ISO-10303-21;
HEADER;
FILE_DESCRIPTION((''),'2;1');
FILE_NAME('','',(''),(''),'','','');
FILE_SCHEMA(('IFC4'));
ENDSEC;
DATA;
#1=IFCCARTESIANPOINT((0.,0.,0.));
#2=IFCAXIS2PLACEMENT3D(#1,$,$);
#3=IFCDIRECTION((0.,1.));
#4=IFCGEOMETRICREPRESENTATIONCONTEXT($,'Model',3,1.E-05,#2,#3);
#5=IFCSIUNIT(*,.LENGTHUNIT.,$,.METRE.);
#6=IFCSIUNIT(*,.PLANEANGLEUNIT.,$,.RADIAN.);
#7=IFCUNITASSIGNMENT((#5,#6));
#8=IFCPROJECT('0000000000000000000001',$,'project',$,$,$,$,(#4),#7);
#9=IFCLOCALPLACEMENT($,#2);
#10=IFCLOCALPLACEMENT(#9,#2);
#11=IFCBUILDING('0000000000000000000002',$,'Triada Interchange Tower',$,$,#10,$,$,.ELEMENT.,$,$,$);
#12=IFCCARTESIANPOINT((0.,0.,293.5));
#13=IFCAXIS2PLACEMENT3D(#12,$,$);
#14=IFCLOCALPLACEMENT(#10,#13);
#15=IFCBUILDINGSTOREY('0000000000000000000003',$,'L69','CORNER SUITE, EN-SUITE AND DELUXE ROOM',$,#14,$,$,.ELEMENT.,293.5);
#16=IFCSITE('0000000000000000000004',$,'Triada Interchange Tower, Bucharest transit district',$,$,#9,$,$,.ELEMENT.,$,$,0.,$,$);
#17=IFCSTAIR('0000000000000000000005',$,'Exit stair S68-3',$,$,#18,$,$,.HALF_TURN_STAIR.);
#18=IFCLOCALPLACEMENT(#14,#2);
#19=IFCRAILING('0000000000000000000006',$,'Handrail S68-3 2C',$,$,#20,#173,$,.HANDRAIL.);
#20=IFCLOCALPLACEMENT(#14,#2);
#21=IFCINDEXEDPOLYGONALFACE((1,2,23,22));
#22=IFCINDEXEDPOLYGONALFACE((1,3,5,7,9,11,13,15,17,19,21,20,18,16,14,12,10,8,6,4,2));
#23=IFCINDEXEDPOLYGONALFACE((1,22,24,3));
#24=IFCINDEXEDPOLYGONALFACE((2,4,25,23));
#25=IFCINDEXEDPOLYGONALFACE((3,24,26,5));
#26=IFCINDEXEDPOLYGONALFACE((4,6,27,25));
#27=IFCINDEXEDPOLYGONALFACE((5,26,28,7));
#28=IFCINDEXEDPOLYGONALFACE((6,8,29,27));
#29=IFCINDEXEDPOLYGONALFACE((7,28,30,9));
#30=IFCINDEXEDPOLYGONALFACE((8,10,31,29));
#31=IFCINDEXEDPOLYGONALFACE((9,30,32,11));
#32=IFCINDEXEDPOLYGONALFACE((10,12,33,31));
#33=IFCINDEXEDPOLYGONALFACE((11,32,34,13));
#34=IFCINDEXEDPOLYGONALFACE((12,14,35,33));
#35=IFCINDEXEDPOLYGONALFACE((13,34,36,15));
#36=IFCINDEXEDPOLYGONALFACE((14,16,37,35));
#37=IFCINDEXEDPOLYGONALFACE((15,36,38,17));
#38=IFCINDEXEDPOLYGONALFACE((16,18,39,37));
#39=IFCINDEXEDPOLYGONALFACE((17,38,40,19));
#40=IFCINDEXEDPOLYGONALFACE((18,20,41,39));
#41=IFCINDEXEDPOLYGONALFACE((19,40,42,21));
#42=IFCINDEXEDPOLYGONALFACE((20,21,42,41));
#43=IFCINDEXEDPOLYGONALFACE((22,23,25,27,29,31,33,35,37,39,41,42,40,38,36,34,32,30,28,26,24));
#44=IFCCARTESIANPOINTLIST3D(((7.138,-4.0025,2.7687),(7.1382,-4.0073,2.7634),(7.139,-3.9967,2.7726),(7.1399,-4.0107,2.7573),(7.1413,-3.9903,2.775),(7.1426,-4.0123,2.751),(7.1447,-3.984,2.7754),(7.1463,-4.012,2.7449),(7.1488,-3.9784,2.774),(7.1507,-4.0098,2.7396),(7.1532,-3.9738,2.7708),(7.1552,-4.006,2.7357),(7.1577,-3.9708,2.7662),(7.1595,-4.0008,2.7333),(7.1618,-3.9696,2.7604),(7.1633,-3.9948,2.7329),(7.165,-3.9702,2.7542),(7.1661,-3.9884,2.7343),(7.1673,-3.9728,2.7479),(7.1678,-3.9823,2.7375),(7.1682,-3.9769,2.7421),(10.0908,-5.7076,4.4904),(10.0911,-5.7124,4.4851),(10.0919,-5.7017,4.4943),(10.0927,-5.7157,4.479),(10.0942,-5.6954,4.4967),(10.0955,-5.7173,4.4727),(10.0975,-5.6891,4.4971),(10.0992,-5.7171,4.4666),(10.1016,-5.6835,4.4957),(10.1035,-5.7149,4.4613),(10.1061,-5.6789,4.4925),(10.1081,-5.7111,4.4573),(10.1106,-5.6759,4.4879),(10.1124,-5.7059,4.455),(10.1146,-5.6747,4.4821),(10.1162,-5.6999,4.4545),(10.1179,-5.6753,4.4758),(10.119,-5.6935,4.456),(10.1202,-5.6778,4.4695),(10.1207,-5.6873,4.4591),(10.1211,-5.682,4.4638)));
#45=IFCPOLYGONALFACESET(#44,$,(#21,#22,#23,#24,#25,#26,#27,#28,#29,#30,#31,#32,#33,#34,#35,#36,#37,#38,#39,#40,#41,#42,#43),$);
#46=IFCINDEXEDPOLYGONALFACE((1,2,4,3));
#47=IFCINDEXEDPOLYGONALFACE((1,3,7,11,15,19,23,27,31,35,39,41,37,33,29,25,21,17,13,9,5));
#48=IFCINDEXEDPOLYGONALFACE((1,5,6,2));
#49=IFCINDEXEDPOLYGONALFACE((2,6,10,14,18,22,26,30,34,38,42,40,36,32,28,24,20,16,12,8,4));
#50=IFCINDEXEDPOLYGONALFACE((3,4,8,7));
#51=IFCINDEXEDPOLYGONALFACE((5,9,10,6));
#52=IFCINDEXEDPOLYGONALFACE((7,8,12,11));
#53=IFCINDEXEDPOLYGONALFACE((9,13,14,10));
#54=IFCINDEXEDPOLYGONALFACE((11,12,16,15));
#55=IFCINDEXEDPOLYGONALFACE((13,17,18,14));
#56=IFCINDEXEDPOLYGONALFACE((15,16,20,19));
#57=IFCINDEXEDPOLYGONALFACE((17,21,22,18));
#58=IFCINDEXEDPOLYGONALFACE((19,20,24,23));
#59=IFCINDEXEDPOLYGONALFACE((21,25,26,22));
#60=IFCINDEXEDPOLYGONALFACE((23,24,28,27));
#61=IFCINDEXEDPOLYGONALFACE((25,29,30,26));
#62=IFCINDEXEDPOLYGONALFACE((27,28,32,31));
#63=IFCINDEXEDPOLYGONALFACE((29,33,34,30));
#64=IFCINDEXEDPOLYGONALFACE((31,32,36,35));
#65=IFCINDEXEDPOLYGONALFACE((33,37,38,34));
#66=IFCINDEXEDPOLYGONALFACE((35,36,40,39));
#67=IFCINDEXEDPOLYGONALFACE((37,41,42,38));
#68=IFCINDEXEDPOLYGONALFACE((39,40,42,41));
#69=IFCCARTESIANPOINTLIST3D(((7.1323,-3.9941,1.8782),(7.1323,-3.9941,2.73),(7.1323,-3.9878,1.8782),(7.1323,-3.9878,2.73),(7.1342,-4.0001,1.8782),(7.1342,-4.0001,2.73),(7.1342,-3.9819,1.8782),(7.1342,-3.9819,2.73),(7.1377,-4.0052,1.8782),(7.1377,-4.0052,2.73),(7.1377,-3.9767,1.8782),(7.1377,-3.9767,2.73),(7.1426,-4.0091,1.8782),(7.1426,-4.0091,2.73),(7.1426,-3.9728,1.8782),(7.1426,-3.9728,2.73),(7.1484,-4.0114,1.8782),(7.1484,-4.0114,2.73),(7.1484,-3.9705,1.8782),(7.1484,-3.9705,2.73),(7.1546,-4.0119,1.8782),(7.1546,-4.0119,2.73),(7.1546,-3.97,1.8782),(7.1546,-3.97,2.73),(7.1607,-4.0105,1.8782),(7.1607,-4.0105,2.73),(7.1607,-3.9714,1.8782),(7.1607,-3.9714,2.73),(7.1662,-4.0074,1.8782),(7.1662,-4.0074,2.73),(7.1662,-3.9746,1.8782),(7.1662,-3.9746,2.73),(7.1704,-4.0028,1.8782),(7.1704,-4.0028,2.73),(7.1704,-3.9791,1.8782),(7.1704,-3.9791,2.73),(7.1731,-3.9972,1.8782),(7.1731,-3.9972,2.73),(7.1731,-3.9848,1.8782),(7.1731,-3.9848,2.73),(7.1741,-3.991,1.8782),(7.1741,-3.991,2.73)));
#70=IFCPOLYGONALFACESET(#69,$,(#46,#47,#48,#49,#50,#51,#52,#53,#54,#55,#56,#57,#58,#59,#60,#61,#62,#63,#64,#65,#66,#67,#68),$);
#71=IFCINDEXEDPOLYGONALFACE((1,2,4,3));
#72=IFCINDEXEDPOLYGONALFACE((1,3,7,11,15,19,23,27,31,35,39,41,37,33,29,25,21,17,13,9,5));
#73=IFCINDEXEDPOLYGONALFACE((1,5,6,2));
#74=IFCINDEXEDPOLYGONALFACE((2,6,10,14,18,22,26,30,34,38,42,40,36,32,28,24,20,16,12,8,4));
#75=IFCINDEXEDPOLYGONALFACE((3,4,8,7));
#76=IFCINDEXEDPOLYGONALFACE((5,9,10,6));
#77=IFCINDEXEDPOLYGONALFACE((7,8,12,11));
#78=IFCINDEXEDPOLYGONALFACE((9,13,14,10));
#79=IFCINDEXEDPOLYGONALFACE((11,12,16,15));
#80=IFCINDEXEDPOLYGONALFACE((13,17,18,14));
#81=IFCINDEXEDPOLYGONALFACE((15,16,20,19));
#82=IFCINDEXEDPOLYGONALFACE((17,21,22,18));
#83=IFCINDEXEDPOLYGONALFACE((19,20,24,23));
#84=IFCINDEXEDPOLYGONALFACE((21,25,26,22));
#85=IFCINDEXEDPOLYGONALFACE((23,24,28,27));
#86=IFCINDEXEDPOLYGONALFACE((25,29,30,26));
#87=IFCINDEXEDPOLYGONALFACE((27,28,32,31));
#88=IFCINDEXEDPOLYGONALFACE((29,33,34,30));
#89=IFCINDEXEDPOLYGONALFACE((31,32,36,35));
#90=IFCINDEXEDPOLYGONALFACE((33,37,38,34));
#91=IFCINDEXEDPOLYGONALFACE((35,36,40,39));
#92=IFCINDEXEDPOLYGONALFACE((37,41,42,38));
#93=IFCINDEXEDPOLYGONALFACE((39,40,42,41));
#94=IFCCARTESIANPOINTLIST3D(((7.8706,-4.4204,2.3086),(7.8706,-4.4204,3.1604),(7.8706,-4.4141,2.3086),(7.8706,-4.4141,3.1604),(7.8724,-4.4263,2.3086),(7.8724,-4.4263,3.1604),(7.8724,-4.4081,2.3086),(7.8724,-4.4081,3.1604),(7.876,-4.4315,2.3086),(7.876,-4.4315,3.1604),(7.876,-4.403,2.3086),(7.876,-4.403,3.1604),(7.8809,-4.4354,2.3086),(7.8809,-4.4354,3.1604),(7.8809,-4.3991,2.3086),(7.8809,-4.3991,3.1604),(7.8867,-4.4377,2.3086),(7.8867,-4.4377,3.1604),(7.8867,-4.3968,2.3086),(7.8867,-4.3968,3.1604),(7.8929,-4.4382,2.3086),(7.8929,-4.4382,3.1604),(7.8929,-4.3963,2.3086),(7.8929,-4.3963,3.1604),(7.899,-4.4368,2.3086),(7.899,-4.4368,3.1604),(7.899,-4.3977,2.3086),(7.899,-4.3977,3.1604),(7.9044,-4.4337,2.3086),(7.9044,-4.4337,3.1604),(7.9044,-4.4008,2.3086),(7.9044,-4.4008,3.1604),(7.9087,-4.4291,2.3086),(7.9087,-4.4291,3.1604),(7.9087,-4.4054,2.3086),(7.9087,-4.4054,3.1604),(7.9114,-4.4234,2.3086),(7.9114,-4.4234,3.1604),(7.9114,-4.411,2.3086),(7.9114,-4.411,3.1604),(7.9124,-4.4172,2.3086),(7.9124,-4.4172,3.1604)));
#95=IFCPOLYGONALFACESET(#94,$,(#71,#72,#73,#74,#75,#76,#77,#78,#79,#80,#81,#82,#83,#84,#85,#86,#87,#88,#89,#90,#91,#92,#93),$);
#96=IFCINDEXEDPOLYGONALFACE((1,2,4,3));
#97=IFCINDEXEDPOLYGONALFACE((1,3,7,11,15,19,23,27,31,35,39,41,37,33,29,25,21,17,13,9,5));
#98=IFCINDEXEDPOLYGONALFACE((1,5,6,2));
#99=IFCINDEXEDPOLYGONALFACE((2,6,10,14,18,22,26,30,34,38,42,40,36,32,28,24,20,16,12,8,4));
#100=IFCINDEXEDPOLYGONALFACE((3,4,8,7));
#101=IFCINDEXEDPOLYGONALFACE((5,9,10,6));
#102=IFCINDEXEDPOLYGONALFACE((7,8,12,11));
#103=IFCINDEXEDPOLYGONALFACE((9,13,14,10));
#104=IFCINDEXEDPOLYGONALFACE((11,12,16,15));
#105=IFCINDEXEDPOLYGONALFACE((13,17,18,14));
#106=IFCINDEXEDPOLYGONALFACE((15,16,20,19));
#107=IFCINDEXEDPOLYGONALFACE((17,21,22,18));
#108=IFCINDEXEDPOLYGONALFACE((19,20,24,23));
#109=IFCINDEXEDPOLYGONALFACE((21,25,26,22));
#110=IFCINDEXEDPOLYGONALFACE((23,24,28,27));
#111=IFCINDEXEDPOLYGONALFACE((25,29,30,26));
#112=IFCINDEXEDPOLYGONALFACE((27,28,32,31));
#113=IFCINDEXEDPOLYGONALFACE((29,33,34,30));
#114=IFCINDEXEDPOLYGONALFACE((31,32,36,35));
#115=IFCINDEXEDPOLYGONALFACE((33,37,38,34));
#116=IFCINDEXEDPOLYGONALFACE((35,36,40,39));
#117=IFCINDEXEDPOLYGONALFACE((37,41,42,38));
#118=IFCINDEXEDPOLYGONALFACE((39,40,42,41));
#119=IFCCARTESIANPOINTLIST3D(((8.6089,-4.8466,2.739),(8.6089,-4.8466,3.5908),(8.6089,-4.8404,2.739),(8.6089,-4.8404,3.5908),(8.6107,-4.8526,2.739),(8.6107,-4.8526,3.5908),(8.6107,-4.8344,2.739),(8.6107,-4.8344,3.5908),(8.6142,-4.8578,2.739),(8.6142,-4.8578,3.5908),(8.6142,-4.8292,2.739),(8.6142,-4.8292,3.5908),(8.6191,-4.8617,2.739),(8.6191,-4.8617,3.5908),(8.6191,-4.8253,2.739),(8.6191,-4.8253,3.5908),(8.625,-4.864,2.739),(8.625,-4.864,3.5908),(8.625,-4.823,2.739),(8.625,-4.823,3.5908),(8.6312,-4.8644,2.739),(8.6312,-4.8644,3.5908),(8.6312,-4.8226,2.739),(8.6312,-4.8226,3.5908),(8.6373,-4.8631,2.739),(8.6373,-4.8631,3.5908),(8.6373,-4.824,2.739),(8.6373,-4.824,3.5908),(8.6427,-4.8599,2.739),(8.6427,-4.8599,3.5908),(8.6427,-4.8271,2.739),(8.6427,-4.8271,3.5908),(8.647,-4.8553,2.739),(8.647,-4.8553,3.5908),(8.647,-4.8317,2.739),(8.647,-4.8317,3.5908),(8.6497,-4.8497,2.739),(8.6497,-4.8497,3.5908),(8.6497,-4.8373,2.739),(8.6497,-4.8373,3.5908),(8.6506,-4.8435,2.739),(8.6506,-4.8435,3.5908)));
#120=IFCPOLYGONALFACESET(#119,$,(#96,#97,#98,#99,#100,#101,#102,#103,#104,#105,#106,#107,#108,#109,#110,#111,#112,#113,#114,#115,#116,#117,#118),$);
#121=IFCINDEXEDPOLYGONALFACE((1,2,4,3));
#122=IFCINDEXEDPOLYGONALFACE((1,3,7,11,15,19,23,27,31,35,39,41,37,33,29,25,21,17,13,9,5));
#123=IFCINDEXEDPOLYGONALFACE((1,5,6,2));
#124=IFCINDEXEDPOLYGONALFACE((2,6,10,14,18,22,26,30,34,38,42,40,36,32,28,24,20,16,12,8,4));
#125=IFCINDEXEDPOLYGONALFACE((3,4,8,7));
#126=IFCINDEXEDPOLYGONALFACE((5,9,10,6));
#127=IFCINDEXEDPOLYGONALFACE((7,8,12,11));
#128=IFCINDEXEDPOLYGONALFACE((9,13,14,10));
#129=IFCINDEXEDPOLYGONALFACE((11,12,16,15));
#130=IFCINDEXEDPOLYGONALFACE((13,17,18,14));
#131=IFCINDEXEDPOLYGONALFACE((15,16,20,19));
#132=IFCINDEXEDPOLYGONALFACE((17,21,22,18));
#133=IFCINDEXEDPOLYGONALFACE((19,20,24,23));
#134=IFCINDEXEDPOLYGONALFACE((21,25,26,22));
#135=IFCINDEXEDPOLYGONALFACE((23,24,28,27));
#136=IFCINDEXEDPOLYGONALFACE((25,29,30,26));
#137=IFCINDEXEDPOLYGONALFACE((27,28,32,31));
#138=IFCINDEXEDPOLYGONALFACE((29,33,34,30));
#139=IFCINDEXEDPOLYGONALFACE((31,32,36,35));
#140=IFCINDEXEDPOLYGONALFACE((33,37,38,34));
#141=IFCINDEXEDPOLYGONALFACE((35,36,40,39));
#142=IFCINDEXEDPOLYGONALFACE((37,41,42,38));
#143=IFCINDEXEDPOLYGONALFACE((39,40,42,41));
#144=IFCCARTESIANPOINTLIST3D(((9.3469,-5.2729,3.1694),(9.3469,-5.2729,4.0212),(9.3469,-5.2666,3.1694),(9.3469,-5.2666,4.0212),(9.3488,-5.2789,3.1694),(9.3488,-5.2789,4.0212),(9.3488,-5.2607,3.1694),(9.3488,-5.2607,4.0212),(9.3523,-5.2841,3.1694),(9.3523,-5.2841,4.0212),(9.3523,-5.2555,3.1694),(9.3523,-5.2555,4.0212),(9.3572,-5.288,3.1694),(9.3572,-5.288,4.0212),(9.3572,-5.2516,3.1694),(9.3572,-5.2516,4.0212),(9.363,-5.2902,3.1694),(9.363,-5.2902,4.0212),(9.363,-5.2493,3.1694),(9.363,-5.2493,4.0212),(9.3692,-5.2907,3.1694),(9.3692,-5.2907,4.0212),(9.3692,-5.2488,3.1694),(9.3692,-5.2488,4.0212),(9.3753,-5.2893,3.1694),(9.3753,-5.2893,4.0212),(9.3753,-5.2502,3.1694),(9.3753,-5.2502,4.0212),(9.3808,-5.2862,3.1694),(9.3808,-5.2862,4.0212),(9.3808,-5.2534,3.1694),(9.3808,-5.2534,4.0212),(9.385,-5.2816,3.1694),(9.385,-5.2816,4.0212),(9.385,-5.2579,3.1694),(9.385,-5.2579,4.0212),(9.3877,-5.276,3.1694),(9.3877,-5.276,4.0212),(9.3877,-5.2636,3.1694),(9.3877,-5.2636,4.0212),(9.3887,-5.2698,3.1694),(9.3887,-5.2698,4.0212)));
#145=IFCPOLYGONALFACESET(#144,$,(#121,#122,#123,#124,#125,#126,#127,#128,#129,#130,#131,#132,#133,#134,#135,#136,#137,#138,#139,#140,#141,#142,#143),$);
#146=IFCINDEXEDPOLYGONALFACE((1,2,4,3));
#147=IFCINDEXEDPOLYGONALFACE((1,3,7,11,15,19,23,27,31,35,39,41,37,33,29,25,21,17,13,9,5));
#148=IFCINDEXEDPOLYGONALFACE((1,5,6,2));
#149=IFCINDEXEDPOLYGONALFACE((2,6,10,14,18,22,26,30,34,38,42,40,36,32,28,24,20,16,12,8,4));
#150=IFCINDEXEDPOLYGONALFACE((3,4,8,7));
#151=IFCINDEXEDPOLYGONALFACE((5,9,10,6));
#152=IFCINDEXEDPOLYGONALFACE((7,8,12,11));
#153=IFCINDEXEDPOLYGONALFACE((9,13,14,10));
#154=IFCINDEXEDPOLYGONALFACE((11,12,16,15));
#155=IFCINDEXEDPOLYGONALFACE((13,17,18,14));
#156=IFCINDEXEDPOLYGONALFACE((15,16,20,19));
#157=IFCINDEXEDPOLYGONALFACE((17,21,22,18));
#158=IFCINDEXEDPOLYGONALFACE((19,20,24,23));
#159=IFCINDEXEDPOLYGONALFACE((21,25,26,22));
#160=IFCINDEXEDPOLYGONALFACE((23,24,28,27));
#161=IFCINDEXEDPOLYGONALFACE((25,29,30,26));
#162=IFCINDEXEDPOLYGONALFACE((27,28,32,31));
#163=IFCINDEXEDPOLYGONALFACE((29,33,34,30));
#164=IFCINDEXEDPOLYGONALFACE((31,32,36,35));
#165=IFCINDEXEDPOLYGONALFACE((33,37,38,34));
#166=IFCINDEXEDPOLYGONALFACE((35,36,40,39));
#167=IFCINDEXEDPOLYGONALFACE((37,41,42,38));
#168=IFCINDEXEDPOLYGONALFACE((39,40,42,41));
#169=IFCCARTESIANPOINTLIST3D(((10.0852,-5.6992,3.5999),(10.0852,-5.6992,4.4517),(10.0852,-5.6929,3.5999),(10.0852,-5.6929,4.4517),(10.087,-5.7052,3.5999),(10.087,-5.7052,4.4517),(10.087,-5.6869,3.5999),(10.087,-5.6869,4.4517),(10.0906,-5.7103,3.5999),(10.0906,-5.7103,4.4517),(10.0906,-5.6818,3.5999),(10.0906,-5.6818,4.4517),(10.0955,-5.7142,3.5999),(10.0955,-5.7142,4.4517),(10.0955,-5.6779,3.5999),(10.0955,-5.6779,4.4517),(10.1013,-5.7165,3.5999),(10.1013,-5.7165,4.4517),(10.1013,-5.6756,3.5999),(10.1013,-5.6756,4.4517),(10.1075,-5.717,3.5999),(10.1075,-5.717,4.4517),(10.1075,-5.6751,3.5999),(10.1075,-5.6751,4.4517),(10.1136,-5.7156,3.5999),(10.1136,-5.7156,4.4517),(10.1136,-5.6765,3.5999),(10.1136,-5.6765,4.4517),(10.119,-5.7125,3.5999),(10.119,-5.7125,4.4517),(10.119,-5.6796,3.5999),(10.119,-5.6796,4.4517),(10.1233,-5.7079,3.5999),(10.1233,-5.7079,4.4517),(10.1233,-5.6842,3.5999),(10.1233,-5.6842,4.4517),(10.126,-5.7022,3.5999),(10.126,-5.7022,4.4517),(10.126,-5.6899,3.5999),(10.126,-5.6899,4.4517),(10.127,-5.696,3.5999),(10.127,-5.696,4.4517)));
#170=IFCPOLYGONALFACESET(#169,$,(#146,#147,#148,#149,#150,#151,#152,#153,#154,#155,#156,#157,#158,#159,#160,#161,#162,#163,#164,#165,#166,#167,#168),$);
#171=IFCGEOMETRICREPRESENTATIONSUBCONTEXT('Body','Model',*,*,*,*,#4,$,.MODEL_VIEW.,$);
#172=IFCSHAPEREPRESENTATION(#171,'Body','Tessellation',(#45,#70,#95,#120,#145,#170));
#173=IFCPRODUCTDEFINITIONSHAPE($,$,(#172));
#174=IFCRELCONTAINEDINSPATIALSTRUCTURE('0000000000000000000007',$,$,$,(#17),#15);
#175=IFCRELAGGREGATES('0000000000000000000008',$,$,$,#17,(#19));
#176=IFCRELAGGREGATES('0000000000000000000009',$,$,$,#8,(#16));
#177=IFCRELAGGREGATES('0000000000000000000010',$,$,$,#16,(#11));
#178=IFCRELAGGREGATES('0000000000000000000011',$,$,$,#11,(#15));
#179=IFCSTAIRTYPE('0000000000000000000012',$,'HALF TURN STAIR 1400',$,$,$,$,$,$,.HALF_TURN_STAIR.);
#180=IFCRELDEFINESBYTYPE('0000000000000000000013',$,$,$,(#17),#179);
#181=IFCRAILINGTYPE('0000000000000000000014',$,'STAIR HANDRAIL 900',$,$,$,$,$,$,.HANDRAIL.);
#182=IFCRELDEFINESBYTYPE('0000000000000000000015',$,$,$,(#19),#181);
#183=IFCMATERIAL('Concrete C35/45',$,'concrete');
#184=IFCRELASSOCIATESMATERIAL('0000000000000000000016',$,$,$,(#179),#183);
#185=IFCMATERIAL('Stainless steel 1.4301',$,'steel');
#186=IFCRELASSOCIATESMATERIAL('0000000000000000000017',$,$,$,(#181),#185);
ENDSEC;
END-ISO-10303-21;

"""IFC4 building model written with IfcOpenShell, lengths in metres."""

from ifc_helpers import new_model, si_unit, direction, frame, origin, origin_2d, place, context, subcontext, project, spatial, circle, extrude, material, type_object, element, aggregate, save


model = new_model("IFC4")

# Units and contexts
model_context = context("Model", 3, precision=1e-05, world=origin(), true_north=direction((0.0, 1.0)))
body_context = subcontext(model_context, "Body", "Model", "MODEL_VIEW")
ifc_project = project(units=[si_unit("LENGTHUNIT", "METRE"), si_unit("PLANEANGLEUNIT", "RADIAN")], contexts=[model_context])

# Site, building, storey
site_placement = place(None, origin())
site = spatial("IfcSite", under=ifc_project, at=site_placement, Name="Triada Interchange Tower, Bucharest transit district", CompositionType="ELEMENT", RefElevation=0.0)
building_placement = place(site_placement, origin())
building = spatial("IfcBuilding", under=site, at=building_placement, Name="Triada Interchange Tower", CompositionType="ELEMENT")
storey_placement = place(building_placement, frame((0.0, 0.0, 293.5)))
storey = spatial("IfcBuildingStorey", under=building, at=storey_placement, Name="L69", Description="CORNER SUITE, EN-SUITE AND DELUXE ROOM", CompositionType="ELEMENT", Elevation=293.5)

# Stair, railing
ifc_material_1 = material(Name="Concrete C35/45", Category="concrete")
stair_type = type_object("IfcStairType", Name="HALF TURN STAIR 1400", PredefinedType="HALF_TURN_STAIR", material=ifc_material_1)
stair_placement = place(storey_placement, origin())
stair = element("IfcStair", 1, at=stair_placement, inside=storey, type_object=stair_type, Name="Exit stair S68-3", PredefinedType="HALF_TURN_STAIR")
ifc_material_2 = material(Name="Stainless steel 1.4301", Category="steel")
railing_type = type_object("IfcRailingType", Name="STAIR HANDRAIL 900", PredefinedType="HANDRAIL", material=ifc_material_2)
railing_1_placement = place(storey_placement, frame((7.1531, -3.991, 1.8782)))
railing_1 = element("IfcRailing", 2, at=railing_1_placement, type_object=railing_type, Name="Handrail S68-3 2C", PredefinedType="HANDRAIL", context=body_context, shape_type="SweptSolid", body=[
    extrude(circle(Radius=0.0239, at=origin_2d()), frame((0.0, 0.0, 0.876), z_axis=(0.773043, -0.446377, 0.450723), x_axis=(0.500051, 0.865996, 0.0)), (0.0, 0.0, 1.0), 3.8198),
    extrude(circle(Radius=0.021, at=origin_2d()), origin(), (0.0, 0.0, 1.0), 0.8518),
    extrude(circle(Radius=0.021, at=origin_2d()), frame((0.7383, -0.4263, 0.4304)), (0.0, 0.0, 1.0), 0.8518),
    extrude(circle(Radius=0.021, at=origin_2d()), frame((1.4766, -0.8525, 0.8608)), (0.0, 0.0, 1.0), 0.8518),
    extrude(circle(Radius=0.021, at=origin_2d()), frame((2.2146, -1.2788, 1.2913)), (0.0, 0.0, 1.0), 0.8518),
    extrude(circle(Radius=0.021, at=origin_2d()), frame((2.9529, -1.7051, 1.7217)), (0.0, 0.0, 1.0), 0.8518),
])
aggregate(stair, [railing_1])

save(model, "model.ifc")
